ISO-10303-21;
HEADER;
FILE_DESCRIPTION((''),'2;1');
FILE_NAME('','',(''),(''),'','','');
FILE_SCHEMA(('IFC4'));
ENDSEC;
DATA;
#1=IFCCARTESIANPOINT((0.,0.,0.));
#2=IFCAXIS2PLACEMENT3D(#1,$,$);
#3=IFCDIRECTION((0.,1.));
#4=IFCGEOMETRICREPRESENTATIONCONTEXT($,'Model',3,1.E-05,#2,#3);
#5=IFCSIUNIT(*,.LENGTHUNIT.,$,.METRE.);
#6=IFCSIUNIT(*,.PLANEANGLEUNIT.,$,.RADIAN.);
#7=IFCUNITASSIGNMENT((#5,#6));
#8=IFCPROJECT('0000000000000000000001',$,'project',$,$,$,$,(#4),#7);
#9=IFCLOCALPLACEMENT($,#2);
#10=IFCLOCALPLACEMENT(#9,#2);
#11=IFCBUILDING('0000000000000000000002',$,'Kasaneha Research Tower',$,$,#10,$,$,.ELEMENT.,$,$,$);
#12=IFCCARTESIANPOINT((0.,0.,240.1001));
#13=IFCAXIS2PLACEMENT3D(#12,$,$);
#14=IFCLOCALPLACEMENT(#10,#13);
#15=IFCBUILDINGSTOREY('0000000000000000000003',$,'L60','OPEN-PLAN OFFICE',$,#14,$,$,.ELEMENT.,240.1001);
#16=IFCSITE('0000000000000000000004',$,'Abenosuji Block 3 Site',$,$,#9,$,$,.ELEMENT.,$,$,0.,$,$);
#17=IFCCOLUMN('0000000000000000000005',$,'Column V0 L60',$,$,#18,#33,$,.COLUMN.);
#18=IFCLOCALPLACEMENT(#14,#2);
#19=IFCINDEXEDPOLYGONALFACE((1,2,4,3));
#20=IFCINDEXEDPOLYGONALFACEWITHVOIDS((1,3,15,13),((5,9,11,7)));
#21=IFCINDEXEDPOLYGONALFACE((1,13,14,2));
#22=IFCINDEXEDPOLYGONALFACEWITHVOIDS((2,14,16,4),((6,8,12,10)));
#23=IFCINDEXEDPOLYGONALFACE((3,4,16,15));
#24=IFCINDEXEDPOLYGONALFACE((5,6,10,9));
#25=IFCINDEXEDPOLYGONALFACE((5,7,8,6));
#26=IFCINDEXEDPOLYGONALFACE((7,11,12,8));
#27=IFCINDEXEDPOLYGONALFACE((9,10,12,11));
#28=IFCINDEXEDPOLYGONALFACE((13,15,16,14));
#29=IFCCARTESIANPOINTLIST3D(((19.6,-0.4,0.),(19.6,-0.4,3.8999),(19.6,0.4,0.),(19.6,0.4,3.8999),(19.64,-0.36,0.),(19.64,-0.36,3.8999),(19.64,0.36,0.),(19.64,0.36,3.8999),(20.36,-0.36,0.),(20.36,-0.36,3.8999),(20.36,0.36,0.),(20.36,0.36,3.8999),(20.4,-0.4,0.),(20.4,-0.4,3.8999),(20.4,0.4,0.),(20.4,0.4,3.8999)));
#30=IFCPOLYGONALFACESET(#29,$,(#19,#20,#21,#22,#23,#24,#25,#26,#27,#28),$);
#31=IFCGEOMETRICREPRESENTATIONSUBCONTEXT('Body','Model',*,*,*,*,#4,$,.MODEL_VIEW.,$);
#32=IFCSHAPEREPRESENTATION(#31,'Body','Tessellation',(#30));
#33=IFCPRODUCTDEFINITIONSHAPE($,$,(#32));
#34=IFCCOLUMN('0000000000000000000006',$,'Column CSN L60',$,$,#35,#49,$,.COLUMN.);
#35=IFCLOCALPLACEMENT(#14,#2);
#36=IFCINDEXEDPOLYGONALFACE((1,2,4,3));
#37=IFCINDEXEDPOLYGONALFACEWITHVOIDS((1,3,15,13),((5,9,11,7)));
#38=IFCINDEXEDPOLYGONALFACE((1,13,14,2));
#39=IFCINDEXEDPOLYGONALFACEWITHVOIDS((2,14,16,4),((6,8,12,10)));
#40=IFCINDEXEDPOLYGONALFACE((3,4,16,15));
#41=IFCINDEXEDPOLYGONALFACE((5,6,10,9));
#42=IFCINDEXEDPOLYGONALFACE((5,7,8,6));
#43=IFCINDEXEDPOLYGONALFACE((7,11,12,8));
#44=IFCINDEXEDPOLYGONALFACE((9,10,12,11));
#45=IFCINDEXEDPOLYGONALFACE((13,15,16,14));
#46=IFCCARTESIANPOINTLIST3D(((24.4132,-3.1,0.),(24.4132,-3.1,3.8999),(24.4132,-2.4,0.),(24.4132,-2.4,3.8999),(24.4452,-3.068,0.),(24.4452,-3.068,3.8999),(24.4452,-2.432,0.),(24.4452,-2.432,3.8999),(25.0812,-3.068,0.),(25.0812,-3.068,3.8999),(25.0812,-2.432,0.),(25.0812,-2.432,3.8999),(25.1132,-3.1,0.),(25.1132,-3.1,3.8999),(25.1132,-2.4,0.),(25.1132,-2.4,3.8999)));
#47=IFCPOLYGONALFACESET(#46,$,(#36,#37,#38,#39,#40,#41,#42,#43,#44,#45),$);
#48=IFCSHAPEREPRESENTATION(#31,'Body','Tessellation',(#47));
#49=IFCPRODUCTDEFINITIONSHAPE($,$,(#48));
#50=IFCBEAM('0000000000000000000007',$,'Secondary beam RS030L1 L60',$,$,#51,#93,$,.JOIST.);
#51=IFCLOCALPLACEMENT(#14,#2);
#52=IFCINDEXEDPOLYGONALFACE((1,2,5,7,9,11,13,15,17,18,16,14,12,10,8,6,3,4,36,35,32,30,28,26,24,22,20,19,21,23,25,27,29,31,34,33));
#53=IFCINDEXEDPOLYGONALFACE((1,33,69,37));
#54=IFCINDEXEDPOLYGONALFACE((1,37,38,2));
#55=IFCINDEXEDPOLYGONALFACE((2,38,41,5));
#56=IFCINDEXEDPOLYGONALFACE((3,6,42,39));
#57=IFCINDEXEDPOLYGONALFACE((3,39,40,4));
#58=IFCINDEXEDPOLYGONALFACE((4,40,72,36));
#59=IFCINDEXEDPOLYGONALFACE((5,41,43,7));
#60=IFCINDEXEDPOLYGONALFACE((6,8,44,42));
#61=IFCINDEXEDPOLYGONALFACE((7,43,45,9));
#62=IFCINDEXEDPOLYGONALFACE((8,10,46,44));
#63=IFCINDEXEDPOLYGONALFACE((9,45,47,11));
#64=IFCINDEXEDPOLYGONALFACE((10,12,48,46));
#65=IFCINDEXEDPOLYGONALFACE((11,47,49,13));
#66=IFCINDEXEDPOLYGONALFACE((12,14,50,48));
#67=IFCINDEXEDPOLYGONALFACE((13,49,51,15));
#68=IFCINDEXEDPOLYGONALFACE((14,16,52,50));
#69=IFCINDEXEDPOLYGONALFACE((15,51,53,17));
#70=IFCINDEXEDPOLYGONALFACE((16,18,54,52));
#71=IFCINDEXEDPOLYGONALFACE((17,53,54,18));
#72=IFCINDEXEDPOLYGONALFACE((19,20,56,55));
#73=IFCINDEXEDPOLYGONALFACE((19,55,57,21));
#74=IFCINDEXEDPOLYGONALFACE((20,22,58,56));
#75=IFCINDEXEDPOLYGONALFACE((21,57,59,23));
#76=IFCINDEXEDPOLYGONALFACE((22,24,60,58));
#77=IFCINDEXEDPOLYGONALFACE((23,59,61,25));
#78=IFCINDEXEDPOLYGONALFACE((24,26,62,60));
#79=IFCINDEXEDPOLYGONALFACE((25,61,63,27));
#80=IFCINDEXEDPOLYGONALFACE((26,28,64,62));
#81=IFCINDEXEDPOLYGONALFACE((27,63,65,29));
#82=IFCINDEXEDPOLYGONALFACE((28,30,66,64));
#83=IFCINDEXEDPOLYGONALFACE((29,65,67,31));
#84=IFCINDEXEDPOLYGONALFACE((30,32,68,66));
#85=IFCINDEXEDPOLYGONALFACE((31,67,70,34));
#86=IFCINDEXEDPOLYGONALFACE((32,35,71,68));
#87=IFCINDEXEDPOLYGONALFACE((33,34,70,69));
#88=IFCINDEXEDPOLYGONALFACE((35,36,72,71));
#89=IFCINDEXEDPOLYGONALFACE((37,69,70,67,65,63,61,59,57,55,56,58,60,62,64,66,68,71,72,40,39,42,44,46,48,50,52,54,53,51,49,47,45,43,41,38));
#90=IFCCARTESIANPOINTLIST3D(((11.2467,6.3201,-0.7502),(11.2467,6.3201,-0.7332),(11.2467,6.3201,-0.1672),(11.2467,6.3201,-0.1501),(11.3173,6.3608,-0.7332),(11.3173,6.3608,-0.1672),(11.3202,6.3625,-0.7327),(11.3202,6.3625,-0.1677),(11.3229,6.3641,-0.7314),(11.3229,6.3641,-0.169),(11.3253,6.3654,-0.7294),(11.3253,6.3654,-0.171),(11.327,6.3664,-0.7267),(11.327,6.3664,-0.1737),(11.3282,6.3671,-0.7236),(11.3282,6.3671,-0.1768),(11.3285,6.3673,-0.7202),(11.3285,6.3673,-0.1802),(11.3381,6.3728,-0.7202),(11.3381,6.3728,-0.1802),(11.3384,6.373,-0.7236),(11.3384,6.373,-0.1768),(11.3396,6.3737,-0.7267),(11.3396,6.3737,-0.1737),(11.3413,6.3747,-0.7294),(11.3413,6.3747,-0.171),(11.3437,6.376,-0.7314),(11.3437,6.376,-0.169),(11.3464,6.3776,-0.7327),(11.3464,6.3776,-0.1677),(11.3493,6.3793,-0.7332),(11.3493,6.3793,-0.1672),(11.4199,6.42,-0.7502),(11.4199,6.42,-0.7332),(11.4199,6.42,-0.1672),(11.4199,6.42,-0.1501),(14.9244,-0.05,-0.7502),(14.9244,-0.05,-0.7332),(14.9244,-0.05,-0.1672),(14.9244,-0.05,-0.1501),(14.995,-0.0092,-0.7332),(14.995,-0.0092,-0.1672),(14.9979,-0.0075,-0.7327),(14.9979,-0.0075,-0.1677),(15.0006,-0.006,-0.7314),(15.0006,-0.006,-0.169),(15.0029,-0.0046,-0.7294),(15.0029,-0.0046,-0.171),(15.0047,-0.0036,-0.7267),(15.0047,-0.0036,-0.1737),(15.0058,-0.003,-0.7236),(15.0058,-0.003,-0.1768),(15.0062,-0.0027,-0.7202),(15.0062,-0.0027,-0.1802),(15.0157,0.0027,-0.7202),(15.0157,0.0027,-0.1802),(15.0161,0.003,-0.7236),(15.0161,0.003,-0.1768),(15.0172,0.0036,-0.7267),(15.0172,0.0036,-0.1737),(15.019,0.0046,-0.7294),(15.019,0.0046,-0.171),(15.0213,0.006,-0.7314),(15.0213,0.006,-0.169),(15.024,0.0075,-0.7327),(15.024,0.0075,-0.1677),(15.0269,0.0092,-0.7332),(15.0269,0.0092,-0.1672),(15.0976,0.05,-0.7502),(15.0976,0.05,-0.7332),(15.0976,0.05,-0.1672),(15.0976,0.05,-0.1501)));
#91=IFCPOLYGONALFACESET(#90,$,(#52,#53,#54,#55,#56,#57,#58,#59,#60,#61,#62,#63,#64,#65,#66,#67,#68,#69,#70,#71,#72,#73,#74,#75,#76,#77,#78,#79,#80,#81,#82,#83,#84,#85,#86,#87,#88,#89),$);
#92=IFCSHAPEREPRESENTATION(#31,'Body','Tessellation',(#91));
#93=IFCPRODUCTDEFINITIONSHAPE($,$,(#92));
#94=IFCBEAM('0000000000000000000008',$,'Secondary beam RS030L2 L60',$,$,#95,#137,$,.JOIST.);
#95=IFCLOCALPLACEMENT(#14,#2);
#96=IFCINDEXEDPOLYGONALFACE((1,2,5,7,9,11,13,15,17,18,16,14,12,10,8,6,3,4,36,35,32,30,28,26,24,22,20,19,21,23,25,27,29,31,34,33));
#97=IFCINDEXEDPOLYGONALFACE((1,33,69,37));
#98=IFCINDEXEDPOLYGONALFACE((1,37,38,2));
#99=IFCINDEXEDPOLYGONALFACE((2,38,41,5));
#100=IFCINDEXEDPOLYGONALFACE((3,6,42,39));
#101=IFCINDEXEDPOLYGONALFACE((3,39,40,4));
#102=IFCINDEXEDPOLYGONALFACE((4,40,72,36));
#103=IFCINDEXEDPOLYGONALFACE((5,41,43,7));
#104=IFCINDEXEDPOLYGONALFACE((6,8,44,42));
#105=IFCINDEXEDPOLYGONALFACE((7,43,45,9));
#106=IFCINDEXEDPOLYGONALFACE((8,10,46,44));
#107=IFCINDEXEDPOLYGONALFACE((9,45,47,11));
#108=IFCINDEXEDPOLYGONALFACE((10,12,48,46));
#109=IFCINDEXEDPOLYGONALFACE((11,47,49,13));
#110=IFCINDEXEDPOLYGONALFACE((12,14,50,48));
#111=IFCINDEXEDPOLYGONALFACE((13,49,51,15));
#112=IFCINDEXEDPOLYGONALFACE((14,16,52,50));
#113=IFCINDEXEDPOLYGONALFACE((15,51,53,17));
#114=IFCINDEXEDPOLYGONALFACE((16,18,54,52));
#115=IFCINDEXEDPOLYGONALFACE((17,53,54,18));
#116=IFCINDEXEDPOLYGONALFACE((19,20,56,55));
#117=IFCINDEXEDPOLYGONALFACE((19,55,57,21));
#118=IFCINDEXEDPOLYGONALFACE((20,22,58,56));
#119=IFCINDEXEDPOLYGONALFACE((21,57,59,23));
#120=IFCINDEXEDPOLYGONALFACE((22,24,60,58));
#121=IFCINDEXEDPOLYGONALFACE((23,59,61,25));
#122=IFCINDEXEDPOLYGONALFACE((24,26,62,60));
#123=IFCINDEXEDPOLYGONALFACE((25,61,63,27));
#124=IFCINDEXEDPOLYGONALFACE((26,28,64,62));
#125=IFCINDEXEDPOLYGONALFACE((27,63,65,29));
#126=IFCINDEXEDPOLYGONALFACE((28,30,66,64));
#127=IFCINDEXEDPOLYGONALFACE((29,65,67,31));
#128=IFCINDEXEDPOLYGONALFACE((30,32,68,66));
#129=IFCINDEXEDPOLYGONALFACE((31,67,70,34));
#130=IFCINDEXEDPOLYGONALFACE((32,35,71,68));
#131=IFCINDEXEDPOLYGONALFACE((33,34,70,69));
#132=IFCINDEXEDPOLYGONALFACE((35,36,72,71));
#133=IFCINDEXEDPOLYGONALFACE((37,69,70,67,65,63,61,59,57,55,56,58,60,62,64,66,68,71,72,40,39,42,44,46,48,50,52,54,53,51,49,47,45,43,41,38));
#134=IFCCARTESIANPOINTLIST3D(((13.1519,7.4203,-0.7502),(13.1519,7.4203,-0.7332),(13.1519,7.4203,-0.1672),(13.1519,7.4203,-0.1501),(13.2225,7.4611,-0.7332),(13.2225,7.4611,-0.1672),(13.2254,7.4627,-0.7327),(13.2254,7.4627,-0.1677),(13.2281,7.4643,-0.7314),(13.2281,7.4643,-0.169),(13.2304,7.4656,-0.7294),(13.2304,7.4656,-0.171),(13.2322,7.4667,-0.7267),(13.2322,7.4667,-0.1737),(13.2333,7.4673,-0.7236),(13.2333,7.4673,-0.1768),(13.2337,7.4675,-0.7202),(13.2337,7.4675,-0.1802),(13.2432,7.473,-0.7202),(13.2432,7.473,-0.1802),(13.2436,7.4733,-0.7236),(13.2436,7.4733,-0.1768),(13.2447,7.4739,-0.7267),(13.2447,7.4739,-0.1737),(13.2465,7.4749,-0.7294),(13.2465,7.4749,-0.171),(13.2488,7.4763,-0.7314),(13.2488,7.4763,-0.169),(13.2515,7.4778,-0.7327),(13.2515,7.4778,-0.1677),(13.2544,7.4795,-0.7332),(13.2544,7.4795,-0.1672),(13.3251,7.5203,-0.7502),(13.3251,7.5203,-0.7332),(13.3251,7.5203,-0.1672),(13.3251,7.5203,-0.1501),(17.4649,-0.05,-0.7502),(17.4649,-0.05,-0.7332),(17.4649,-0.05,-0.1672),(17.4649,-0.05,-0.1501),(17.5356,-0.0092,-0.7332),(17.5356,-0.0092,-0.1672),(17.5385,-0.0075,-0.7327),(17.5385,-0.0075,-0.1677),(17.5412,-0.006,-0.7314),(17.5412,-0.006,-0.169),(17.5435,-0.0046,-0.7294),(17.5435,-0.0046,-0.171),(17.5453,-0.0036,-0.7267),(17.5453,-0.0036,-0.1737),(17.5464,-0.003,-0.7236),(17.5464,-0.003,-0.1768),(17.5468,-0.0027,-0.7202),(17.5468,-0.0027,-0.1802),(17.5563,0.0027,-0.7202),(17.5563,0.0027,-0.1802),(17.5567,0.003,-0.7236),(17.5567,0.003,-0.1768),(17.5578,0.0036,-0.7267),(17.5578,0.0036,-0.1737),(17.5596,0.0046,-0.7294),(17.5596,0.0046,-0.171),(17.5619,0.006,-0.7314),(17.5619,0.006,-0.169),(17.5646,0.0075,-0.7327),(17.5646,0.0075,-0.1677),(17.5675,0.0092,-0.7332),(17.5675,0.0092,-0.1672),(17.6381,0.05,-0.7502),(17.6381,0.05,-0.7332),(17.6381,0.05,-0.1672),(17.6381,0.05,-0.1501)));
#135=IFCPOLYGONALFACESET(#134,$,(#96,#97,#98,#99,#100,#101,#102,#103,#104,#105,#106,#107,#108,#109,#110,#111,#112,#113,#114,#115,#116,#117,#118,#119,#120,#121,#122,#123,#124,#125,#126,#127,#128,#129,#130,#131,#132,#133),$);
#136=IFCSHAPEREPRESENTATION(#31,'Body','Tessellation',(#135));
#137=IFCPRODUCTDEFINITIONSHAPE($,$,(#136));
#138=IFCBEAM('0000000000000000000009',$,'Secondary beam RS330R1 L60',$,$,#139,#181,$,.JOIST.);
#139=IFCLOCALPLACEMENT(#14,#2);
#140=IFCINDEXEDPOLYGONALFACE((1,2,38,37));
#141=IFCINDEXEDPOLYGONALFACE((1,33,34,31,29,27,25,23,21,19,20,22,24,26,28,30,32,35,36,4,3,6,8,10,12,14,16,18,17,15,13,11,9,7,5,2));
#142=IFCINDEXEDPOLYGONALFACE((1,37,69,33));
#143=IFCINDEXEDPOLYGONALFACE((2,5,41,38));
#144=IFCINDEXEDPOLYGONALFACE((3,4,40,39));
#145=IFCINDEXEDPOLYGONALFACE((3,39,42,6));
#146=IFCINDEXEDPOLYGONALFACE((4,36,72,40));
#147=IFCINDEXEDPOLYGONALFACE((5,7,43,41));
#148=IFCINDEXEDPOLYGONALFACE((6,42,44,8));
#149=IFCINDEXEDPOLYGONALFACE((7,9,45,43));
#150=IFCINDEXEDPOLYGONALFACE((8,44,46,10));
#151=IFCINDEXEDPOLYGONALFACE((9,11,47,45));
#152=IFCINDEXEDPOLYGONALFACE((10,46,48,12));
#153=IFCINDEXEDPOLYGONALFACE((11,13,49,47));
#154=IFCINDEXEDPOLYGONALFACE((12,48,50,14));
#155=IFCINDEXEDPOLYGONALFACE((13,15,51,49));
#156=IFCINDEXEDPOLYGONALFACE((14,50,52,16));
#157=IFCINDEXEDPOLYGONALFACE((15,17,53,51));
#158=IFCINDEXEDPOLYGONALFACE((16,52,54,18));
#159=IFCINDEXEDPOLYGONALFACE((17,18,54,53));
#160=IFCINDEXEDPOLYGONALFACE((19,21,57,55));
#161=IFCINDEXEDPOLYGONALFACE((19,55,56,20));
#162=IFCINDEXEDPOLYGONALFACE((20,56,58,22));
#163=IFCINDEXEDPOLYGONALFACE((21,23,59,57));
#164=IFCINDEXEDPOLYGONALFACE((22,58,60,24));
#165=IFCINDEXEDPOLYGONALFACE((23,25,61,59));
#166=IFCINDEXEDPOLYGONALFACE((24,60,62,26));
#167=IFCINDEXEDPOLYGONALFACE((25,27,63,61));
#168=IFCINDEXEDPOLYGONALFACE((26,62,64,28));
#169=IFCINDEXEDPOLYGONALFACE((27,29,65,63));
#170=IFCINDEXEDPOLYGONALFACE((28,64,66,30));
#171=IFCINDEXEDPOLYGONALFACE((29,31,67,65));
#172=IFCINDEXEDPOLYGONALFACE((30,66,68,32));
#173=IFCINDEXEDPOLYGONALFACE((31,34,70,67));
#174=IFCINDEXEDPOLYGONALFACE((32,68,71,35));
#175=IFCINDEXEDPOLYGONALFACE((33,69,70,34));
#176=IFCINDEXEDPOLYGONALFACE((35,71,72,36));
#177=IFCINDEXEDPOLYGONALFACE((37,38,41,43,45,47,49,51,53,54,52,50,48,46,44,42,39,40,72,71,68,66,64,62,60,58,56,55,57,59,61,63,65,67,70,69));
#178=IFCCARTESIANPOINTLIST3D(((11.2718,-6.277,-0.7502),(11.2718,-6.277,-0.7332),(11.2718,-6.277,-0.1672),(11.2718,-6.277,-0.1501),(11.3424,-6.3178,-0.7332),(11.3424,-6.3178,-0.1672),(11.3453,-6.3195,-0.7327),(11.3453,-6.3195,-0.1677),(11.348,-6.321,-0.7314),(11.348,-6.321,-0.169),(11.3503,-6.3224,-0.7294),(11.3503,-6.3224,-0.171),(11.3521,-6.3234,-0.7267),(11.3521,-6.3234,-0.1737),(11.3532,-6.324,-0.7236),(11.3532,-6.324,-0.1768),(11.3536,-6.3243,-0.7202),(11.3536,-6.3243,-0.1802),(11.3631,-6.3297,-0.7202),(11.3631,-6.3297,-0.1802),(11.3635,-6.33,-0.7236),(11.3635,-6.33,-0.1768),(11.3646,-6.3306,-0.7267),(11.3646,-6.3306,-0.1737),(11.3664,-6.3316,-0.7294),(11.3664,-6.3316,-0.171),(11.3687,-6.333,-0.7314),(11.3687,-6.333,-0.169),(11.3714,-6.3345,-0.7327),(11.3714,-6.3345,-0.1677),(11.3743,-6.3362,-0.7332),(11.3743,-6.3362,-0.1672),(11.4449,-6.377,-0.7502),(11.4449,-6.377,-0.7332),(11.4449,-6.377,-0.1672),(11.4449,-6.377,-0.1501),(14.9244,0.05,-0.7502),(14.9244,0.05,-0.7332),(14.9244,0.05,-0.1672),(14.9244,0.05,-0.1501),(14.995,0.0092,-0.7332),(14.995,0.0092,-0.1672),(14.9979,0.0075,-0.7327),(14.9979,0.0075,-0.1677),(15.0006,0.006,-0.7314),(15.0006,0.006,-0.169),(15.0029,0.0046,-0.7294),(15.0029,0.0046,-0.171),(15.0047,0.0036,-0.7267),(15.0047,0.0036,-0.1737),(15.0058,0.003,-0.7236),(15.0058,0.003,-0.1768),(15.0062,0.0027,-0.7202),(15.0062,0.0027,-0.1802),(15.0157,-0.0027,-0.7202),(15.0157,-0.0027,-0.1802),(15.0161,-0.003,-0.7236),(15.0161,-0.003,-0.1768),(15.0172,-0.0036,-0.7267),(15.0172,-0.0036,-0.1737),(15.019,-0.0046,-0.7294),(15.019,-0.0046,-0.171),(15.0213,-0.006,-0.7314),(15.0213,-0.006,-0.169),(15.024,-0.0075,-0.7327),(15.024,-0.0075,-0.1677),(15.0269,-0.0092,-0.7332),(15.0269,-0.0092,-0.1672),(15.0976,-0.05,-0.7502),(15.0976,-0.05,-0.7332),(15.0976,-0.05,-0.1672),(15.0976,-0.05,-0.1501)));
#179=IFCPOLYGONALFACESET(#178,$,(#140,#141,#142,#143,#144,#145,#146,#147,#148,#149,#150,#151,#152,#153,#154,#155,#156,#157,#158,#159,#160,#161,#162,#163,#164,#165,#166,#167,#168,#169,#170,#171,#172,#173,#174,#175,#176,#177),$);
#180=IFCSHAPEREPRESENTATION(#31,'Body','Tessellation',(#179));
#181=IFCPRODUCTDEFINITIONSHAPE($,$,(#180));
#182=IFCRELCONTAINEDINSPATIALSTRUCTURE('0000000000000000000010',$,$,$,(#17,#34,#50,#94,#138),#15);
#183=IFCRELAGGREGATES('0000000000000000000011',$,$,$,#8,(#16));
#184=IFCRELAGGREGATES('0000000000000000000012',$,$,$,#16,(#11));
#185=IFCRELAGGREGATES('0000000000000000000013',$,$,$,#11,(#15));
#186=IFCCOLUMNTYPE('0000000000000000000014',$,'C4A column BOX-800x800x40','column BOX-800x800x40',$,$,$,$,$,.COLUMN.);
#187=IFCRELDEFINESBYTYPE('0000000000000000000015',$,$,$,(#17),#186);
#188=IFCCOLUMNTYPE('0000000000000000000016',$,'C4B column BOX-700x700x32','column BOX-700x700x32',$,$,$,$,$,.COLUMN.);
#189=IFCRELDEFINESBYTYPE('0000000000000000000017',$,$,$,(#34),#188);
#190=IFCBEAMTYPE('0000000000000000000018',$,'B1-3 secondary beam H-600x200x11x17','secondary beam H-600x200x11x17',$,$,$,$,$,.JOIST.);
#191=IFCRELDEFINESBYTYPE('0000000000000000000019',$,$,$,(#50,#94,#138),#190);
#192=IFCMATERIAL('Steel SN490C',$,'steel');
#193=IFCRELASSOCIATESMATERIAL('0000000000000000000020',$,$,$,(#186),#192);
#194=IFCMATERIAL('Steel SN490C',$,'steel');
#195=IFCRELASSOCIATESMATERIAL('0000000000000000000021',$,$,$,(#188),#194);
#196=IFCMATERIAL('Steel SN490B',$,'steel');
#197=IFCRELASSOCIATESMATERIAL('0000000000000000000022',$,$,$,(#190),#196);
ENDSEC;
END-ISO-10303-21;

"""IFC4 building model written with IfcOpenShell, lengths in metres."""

from ifc_helpers import new_model, si_unit, direction, frame, origin, origin_2d, place, context, subcontext, project, spatial, hollow_rectangle, i_section, extrude, material, material_profile, profile_set, type_object, element, save


model = new_model("IFC4")

# Units and contexts
model_context = context("Model", 3, precision=1e-05, world=origin(), true_north=direction((0.0, 1.0)))
body_context = subcontext(model_context, "Body", "Model", "MODEL_VIEW")
ifc_project = project(units=[si_unit("LENGTHUNIT", "METRE"), si_unit("PLANEANGLEUNIT", "RADIAN")], contexts=[model_context])

# Site, building, storey
site_placement = place(None, origin())
site = spatial("IfcSite", under=ifc_project, at=site_placement, Name="Abenosuji Block 3 Site", CompositionType="ELEMENT", RefElevation=0.0)
building_placement = place(site_placement, origin())
building = spatial("IfcBuilding", under=site, at=building_placement, Name="Kasaneha Research Tower", CompositionType="ELEMENT")
storey_placement = place(building_placement, frame((0.0, 0.0, 240.1001)))
storey = spatial("IfcBuildingStorey", under=building, at=storey_placement, Name="L60", Description="OPEN-PLAN OFFICE", CompositionType="ELEMENT", Elevation=240.1001)

# Columns
ifc_material_1 = material(Name="Steel SN490C", Category="steel")
ifc_material_profile_1 = material_profile(ifc_material_1, hollow_rectangle(XDim=0.8, YDim=0.8, WallThickness=0.04, at=origin_2d()), Name="BOX-800x800x40")
ifc_profile_set_1 = profile_set([ifc_material_profile_1], Name="Steel SN490C")
column_type_1 = type_object("IfcColumnType", Name="C4A column BOX-800x800x40", Description="column BOX-800x800x40", PredefinedType="COLUMN", material=ifc_profile_set_1)
column_1_placement = place(storey_placement, frame((20.0, 0.0, 0.0), z_axis=(0.0, 0.0, 1.0), x_axis=(1.0, 0.0, 0.0)))
element("IfcColumn", 1, at=column_1_placement, inside=storey, type_object=column_type_1, Name="Column V0 L60", PredefinedType="COLUMN", context=body_context, shape_type="SweptSolid", body=[
    extrude(hollow_rectangle(XDim=0.8, YDim=0.8, WallThickness=0.04, at=origin_2d()), origin(), (0.0, 0.0, 1.0), 3.8999),
])
ifc_material_2 = material(Name="Steel SN490C", Category="steel")
ifc_material_profile_2 = material_profile(ifc_material_2, hollow_rectangle(XDim=0.7, YDim=0.7, WallThickness=0.032, at=origin_2d()), Name="BOX-700x700x32")
ifc_profile_set_2 = profile_set([ifc_material_profile_2], Name="Steel SN490C")
column_type_2 = type_object("IfcColumnType", Name="C4B column BOX-700x700x32", Description="column BOX-700x700x32", PredefinedType="COLUMN", material=ifc_profile_set_2)
column_2_placement = place(storey_placement, frame((24.7632, -2.75, 0.0), z_axis=(0.0, 0.0, 1.0), x_axis=(1.0, 0.0, 0.0)))
element("IfcColumn", 2, at=column_2_placement, inside=storey, type_object=column_type_2, Name="Column CSN L60", PredefinedType="COLUMN", context=body_context, shape_type="SweptSolid", body=[
    extrude(hollow_rectangle(XDim=0.7, YDim=0.7, WallThickness=0.032, at=origin_2d()), origin(), (0.0, 0.0, 1.0), 3.8999),
])

# Beams
ifc_material_3 = material(Name="Steel SN490B", Category="steel")
ifc_material_profile_3 = material_profile(ifc_material_3, i_section(OverallWidth=0.2, OverallDepth=0.6001, WebThickness=0.011, FlangeThickness=0.0171, FilletRadius=0.0129, at=origin_2d()), Name="H-600x200x11x17")
ifc_profile_set_3 = profile_set([ifc_material_profile_3], Name="Steel SN490B")
beam_type_1 = type_object("IfcBeamType", Name="B1-3 secondary beam H-600x200x11x17", Description="secondary beam H-600x200x11x17", PredefinedType="JOIST", material=ifc_profile_set_3)
beam_1_placement = place(storey_placement, frame((15.011, 0.0, -0.4502), z_axis=(-0.499994, 0.866029, 0.0), x_axis=(-0.866029, -0.499994, 0.0)))
element("IfcBeam", 3, at=beam_1_placement, inside=storey, type_object=beam_type_1, Name="Secondary beam RS030L1 L60", PredefinedType="JOIST", context=body_context, shape_type="SweptSolid", body=[
    extrude(i_section(OverallWidth=0.2, OverallDepth=0.6001, WebThickness=0.011, FlangeThickness=0.0171, FilletRadius=0.0129, at=origin_2d()), origin(), (0.0, 0.0, 1.0), 7.3555),
])
beam_2_placement = place(storey_placement, frame((17.5515, 0.0, -0.4502), z_axis=(-0.500005, 0.866023, 0.0), x_axis=(-0.866023, -0.500005, 0.0)))
element("IfcBeam", 4, at=beam_2_placement, inside=storey, type_object=beam_type_1, Name="Secondary beam RS030L2 L60", PredefinedType="JOIST", context=body_context, shape_type="SweptSolid", body=[
    extrude(i_section(OverallWidth=0.2, OverallDepth=0.6001, WebThickness=0.011, FlangeThickness=0.0171, FilletRadius=0.0129, at=origin_2d()), origin(), (0.0, 0.0, 1.0), 8.626),
])
beam_3_placement = place(storey_placement, frame((15.011, 0.0, -0.4502), z_axis=(-0.499974, -0.86604, 0.0), x_axis=(0.86604, -0.499974, 0.0)))
element("IfcBeam", 5, at=beam_3_placement, inside=storey, type_object=beam_type_1, Name="Secondary beam RS330R1 L60", PredefinedType="JOIST", context=body_context, shape_type="SweptSolid", body=[
    extrude(i_section(OverallWidth=0.2, OverallDepth=0.6001, WebThickness=0.011, FlangeThickness=0.0171, FilletRadius=0.0129, at=origin_2d()), origin(), (0.0, 0.0, 1.0), 7.3057),
])

save(model, "model.ifc")
